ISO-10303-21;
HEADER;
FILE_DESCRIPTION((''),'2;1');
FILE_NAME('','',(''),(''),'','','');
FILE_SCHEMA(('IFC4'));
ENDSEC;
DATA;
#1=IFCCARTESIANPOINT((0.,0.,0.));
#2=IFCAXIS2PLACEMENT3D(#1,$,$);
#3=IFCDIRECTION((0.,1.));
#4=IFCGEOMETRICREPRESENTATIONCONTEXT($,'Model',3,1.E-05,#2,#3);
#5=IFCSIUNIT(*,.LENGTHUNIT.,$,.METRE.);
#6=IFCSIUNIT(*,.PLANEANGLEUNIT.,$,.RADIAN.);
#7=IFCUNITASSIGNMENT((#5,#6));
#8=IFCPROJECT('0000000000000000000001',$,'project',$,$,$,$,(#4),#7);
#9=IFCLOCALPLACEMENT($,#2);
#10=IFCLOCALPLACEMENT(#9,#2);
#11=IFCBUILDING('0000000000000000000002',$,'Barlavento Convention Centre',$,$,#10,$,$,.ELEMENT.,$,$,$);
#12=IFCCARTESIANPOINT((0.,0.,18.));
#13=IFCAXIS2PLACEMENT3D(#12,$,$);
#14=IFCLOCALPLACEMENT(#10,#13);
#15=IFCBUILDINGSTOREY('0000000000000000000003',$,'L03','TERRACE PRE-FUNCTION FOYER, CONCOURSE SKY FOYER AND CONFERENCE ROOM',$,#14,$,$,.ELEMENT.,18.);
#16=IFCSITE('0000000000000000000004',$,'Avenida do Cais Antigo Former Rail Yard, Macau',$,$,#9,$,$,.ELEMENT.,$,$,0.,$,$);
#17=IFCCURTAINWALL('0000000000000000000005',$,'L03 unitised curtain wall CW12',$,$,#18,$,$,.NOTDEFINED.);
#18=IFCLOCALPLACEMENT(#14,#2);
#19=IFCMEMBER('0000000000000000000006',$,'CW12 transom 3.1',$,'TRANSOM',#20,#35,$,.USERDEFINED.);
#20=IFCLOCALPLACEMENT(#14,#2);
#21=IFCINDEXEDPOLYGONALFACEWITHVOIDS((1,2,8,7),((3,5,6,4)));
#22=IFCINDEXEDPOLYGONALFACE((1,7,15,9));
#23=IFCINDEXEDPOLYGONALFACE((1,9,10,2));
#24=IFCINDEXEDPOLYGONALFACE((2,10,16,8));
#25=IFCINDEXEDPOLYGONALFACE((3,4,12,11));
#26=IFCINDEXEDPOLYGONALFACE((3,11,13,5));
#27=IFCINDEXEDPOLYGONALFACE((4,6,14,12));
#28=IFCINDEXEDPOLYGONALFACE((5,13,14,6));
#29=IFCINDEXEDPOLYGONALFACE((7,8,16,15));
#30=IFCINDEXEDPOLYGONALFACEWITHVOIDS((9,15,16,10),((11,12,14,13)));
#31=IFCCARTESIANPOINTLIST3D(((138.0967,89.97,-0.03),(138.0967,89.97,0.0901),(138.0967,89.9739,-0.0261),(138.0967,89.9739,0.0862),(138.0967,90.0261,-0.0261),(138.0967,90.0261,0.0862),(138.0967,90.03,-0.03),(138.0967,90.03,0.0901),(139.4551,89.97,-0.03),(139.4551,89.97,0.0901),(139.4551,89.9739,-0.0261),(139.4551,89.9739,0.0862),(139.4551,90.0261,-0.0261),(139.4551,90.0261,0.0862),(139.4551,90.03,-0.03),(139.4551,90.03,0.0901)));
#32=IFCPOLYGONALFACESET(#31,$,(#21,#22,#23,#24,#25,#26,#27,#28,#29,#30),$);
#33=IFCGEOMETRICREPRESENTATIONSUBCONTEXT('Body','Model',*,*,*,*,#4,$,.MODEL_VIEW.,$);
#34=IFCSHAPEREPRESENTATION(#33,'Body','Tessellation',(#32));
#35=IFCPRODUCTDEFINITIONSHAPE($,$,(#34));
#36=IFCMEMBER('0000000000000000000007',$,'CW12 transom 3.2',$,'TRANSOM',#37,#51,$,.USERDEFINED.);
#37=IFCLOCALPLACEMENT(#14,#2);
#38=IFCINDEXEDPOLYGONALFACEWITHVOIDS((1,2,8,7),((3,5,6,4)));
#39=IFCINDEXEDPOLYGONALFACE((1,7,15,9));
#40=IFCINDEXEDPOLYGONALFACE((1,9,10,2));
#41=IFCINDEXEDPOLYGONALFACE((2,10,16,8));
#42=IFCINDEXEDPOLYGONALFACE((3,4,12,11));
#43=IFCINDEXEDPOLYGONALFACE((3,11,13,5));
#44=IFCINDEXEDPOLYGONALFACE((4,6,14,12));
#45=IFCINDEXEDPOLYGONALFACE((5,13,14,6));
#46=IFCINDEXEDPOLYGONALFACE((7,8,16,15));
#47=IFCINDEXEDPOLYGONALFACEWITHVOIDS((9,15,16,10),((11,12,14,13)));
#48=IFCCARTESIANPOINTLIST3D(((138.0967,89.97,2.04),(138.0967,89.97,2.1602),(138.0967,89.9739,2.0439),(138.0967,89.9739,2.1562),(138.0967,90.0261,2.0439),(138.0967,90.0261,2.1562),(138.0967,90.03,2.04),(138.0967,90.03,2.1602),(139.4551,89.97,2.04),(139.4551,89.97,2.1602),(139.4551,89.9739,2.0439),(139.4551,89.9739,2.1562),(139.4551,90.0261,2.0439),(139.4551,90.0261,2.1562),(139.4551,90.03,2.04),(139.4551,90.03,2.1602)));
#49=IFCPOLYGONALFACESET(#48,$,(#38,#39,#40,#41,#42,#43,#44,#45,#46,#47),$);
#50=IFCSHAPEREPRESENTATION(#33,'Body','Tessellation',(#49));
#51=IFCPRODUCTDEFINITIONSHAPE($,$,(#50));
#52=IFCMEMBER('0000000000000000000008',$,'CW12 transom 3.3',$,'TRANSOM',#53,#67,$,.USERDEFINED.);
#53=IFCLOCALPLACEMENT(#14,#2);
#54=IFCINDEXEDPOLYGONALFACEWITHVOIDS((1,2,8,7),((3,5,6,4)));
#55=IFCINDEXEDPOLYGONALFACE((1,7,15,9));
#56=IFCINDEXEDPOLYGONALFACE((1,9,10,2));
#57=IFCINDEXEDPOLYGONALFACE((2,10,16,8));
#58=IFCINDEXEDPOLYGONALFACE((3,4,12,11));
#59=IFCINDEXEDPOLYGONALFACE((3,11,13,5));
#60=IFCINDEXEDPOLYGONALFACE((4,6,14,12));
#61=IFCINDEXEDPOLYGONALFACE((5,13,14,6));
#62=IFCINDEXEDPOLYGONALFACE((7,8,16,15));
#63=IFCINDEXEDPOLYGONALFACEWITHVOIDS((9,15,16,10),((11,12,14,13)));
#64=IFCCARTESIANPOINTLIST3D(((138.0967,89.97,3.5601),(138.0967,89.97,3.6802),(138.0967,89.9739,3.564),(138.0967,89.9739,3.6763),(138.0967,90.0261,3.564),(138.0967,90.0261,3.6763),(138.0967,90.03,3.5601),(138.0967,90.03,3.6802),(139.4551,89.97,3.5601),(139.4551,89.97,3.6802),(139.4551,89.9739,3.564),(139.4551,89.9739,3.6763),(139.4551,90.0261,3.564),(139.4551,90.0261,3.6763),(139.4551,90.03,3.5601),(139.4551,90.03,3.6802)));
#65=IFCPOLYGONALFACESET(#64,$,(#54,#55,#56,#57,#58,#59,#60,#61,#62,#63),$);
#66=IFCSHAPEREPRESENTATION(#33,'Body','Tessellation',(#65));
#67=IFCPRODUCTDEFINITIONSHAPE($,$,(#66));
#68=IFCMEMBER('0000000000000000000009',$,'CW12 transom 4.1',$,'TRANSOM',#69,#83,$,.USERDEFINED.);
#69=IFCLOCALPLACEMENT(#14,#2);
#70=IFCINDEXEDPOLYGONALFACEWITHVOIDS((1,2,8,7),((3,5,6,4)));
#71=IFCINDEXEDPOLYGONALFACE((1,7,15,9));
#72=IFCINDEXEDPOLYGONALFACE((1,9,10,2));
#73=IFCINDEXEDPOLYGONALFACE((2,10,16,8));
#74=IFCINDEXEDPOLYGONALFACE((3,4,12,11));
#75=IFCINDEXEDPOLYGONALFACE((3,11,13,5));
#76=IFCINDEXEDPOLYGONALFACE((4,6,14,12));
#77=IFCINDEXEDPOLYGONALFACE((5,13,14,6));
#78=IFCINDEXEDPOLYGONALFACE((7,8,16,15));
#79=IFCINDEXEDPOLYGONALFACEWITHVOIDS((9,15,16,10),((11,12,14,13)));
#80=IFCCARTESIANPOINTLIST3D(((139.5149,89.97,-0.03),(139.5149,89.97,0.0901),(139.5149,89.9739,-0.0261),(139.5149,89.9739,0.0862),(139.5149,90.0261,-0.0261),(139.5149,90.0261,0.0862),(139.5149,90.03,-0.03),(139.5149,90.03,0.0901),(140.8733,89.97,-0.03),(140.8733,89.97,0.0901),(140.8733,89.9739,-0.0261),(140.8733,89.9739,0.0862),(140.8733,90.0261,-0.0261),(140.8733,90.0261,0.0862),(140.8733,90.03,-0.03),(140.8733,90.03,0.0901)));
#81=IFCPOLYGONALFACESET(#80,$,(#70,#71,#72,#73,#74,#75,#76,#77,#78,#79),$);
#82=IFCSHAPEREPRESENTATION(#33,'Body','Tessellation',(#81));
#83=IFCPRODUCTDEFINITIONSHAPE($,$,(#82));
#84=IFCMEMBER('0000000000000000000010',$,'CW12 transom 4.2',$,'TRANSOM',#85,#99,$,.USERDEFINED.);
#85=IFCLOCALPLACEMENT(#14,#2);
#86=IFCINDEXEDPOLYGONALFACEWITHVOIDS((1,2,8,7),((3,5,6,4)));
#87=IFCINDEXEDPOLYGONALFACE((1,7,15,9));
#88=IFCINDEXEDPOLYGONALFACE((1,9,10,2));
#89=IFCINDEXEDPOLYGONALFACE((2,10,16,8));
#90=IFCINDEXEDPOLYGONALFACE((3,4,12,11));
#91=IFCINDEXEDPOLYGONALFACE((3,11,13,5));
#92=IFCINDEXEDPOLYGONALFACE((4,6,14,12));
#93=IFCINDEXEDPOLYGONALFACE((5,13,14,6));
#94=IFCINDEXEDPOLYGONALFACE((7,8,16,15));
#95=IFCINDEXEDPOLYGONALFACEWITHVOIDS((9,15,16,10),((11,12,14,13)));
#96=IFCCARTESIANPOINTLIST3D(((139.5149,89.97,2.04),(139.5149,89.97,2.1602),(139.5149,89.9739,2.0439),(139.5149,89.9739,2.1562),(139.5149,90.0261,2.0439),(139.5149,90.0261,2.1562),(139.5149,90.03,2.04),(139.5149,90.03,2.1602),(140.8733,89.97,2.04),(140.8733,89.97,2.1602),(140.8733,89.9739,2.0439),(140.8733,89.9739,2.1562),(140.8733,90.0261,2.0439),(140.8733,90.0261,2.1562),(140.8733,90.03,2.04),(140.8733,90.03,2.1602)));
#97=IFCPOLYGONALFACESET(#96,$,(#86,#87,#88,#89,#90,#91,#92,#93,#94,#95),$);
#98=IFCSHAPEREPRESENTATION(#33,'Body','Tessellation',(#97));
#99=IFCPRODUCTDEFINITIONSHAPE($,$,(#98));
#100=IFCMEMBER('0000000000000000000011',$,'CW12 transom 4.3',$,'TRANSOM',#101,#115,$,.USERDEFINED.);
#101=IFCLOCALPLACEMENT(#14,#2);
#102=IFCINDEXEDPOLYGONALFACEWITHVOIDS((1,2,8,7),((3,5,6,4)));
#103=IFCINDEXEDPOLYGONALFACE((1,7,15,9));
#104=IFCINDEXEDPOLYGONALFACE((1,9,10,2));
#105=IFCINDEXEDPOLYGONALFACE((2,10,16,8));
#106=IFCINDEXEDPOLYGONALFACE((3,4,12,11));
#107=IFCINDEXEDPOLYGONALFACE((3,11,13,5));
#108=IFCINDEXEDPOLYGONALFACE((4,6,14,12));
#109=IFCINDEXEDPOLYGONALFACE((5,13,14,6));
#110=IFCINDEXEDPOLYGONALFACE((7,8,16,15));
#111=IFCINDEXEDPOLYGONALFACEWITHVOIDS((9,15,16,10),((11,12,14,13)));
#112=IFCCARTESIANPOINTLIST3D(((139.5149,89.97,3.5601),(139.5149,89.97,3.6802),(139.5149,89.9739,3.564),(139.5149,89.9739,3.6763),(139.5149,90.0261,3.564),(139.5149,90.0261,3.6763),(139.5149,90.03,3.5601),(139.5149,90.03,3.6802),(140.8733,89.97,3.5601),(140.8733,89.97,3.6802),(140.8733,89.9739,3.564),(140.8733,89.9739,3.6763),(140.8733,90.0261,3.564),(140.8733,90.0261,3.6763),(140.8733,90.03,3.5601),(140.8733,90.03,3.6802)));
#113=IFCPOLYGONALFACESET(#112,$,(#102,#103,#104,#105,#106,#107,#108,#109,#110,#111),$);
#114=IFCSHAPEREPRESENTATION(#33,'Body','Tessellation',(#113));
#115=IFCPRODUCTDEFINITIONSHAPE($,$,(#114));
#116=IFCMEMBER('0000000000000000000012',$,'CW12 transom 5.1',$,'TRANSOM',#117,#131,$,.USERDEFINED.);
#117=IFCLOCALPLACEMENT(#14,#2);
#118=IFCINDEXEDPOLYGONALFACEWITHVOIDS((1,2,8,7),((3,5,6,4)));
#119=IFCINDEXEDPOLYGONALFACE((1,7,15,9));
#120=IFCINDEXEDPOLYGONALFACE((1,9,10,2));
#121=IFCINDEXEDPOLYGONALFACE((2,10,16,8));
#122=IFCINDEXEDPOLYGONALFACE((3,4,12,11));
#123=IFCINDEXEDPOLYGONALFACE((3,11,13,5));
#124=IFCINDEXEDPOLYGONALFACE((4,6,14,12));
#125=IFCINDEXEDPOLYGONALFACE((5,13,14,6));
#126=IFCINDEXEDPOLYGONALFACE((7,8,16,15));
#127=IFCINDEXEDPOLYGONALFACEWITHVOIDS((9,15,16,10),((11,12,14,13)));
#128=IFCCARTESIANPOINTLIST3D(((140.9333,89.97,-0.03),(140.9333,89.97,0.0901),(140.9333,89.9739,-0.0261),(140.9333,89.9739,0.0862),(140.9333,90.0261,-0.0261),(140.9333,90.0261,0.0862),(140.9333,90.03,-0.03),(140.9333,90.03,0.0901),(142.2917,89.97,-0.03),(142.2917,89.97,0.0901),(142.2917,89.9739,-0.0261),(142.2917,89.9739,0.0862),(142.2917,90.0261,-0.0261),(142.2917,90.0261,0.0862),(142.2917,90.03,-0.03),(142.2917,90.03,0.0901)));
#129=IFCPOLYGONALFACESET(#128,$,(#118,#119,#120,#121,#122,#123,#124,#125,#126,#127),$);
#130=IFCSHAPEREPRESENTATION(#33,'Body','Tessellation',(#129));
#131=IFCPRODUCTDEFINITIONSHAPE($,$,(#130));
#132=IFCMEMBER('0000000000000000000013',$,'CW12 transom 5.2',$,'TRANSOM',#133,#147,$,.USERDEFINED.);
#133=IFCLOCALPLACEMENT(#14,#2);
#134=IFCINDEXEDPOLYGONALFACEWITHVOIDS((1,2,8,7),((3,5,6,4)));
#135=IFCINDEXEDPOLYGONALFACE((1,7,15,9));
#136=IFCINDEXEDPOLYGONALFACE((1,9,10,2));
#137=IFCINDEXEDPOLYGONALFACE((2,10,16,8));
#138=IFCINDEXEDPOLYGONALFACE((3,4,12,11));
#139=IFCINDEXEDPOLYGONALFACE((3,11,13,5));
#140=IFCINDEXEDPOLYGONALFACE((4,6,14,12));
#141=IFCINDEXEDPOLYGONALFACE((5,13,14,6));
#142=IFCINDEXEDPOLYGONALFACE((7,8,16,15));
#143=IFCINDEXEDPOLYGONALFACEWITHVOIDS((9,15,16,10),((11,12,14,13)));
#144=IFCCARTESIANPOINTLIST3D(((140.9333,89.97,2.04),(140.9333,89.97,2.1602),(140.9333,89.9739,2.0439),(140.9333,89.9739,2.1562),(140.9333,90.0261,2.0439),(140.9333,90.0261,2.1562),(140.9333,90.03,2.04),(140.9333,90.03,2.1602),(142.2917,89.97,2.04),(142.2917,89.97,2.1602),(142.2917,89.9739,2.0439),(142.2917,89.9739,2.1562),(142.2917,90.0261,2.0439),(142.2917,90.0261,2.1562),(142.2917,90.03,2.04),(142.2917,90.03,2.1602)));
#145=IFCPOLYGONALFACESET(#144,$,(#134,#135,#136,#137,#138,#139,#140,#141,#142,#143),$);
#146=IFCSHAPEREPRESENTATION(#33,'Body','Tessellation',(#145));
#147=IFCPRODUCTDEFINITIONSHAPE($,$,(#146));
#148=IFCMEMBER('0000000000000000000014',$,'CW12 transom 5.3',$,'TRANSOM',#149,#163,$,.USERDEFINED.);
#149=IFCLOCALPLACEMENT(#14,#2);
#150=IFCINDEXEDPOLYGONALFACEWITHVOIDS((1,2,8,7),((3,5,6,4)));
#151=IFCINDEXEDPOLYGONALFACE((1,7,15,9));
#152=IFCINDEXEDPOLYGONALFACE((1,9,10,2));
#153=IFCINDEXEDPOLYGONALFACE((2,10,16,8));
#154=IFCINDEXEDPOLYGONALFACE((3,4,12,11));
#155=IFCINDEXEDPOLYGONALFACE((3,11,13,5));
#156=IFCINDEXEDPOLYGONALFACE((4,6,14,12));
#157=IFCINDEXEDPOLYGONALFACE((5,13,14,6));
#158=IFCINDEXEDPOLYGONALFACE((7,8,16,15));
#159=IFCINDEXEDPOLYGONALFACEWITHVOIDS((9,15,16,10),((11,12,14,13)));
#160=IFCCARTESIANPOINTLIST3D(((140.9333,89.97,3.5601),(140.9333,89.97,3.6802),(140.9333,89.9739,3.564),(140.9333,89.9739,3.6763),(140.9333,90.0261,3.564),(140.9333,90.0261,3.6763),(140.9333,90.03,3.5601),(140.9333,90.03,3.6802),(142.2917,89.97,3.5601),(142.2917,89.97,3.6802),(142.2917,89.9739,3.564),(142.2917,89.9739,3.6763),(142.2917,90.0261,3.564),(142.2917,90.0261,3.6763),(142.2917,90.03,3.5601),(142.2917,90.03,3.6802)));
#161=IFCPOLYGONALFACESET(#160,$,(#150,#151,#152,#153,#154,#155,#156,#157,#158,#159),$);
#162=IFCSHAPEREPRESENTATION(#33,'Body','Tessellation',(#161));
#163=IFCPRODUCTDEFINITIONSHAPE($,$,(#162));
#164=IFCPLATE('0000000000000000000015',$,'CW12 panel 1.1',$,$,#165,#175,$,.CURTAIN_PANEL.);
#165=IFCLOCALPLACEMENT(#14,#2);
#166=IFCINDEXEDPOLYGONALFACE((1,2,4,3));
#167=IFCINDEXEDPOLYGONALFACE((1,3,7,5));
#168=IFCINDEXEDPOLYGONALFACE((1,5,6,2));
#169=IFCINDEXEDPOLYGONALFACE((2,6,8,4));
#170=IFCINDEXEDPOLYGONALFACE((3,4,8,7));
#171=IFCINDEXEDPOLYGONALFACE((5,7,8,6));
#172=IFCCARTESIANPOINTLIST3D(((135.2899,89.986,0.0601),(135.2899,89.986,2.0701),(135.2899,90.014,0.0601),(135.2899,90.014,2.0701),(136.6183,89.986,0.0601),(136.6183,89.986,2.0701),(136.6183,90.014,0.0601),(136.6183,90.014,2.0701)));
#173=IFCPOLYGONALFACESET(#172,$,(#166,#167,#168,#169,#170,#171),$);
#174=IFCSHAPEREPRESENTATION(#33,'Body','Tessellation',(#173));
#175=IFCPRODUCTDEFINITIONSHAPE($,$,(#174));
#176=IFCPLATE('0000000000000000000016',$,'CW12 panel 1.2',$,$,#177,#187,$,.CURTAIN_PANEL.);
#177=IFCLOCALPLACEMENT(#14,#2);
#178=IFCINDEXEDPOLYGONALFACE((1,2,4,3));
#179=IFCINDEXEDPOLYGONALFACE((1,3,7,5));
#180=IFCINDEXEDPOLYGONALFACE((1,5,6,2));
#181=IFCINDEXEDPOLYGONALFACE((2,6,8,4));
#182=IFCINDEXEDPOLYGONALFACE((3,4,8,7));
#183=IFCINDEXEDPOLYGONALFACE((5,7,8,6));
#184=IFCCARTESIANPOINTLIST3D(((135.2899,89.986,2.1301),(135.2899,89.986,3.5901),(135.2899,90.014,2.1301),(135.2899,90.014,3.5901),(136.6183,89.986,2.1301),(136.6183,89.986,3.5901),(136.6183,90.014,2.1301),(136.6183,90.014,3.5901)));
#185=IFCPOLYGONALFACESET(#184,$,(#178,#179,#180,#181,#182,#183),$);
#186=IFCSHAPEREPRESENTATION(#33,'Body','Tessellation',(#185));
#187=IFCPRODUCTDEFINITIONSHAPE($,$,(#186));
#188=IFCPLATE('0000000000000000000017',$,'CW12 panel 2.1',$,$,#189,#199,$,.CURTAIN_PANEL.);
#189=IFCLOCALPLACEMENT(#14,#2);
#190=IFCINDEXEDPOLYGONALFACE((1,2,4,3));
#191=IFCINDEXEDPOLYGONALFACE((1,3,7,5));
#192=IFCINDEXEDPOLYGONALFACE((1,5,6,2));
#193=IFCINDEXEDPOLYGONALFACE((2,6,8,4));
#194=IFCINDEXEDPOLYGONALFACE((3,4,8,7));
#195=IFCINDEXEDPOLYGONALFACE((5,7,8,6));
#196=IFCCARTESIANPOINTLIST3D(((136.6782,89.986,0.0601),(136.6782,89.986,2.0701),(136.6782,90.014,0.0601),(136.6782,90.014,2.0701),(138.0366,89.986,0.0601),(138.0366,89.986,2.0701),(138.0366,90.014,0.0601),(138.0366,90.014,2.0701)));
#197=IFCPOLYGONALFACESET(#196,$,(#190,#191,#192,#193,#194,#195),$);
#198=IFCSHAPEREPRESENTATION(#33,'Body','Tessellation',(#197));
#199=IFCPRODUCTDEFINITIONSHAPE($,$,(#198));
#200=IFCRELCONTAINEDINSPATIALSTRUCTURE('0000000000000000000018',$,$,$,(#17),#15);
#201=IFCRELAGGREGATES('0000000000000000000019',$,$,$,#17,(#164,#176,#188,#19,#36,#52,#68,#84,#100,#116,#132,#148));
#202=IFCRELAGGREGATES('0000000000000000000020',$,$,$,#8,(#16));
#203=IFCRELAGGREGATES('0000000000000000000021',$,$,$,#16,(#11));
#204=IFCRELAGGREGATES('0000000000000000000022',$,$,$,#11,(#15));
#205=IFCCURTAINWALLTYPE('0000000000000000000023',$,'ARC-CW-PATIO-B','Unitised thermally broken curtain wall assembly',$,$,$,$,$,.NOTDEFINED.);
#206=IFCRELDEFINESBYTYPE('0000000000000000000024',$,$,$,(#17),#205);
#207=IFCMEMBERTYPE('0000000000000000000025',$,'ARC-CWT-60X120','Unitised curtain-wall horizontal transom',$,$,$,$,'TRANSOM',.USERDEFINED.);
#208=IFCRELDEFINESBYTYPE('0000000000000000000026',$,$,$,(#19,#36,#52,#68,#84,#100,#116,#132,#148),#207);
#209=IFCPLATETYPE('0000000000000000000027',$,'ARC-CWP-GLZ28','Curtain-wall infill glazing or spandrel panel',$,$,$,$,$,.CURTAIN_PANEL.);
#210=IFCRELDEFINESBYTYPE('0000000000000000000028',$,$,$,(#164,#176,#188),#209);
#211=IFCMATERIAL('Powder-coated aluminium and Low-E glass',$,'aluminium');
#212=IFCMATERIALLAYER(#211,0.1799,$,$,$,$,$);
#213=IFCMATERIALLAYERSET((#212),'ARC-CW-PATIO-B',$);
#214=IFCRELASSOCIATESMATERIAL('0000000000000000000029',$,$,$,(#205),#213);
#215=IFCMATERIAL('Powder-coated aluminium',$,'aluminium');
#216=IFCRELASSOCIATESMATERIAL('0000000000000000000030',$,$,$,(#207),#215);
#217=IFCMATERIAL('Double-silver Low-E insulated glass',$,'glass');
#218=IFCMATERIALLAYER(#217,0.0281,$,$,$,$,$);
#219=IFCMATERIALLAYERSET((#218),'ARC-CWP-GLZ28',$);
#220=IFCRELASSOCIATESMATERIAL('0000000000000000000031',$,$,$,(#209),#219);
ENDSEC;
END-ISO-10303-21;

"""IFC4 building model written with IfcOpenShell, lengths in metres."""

from ifc_helpers import new_model, si_unit, direction, frame, origin, origin_2d, place, context, subcontext, project, spatial, rectangle, hollow_rectangle, extrude, material, layer, layer_set, material_profile, profile_set, type_object, element, aggregate, save


model = new_model("IFC4")

# Units and contexts
model_context = context("Model", 3, precision=1e-05, world=origin(), true_north=direction((0.0, 1.0)))
body_context = subcontext(model_context, "Body", "Model", "MODEL_VIEW")
ifc_project = project(units=[si_unit("LENGTHUNIT", "METRE"), si_unit("PLANEANGLEUNIT", "RADIAN")], contexts=[model_context])

# Site, building, storey
site_placement = place(None, origin())
site = spatial("IfcSite", under=ifc_project, at=site_placement, Name="Avenida do Cais Antigo Former Rail Yard, Macau", CompositionType="ELEMENT", RefElevation=0.0)
building_placement = place(site_placement, origin())
building = spatial("IfcBuilding", under=site, at=building_placement, Name="Barlavento Convention Centre", CompositionType="ELEMENT")
storey_placement = place(building_placement, frame((0.0, 0.0, 18.0)))
storey = spatial("IfcBuildingStorey", under=building, at=storey_placement, Name="L03", Description="TERRACE PRE-FUNCTION FOYER, CONCOURSE SKY FOYER AND CONFERENCE ROOM", CompositionType="ELEMENT", Elevation=18.0)

# Curtain wall, members, plates
ifc_material_1 = material(Name="Powder-coated aluminium and Low-E glass", Category="aluminium")
ifc_layer_1 = layer(ifc_material_1, 0.1799)
ifc_layer_set_1 = layer_set([ifc_layer_1], Name="ARC-CW-PATIO-B")
curtain_wall_type = type_object("IfcCurtainWallType", Name="ARC-CW-PATIO-B", Description="Unitised thermally broken curtain wall assembly", PredefinedType="NOTDEFINED", material=ifc_layer_set_1)
curtain_wall_placement = place(storey_placement, origin())
curtain_wall = element("IfcCurtainWall", 1, at=curtain_wall_placement, inside=storey, type_object=curtain_wall_type, Name="L03 unitised curtain wall CW12", PredefinedType="NOTDEFINED")
ifc_material_2 = material(Name="Powder-coated aluminium", Category="aluminium")
ifc_material_profile_1 = material_profile(ifc_material_2, hollow_rectangle(XDim=0.0601, YDim=0.1201, WallThickness=0.0039, at=origin_2d()), Name="AL-TRAN 60x120x4")
ifc_profile_set_1 = profile_set([ifc_material_profile_1], Name="Powder-coated aluminium")
member_type_1 = type_object("IfcMemberType", Name="ARC-CWT-60X120", Description="Unitised curtain-wall horizontal transom", ElementType="TRANSOM", PredefinedType="USERDEFINED", material=ifc_profile_set_1)
member_1_placement = place(storey_placement, frame((138.0967, 90.0, 0.03), z_axis=(1.0, 0.0, 0.0), x_axis=(0.0, 1.0, 0.0)))
member_1 = element("IfcMember", 2, at=member_1_placement, type_object=member_type_1, Name="CW12 transom 3.1", ObjectType="TRANSOM", PredefinedType="USERDEFINED", context=body_context, shape_type="SweptSolid", body=[
    extrude(hollow_rectangle(XDim=0.0601, YDim=0.1201, WallThickness=0.0039, at=origin_2d()), origin(), (0.0, 0.0, 1.0), 1.3584),
])
member_2_placement = place(storey_placement, frame((138.0967, 90.0, 2.1001), z_axis=(1.0, 0.0, 0.0), x_axis=(0.0, 1.0, 0.0)))
member_2 = element("IfcMember", 3, at=member_2_placement, type_object=member_type_1, Name="CW12 transom 3.2", ObjectType="TRANSOM", PredefinedType="USERDEFINED", context=body_context, shape_type="SweptSolid", body=[
    extrude(hollow_rectangle(XDim=0.0601, YDim=0.1201, WallThickness=0.0039, at=origin_2d()), origin(), (0.0, 0.0, 1.0), 1.3584),
])
member_3_placement = place(storey_placement, frame((138.0967, 90.0, 3.6201), z_axis=(1.0, 0.0, 0.0), x_axis=(0.0, 1.0, 0.0)))
member_3 = element("IfcMember", 4, at=member_3_placement, type_object=member_type_1, Name="CW12 transom 3.3", ObjectType="TRANSOM", PredefinedType="USERDEFINED", context=body_context, shape_type="SweptSolid", body=[
    extrude(hollow_rectangle(XDim=0.0601, YDim=0.1201, WallThickness=0.0039, at=origin_2d()), origin(), (0.0, 0.0, 1.0), 1.3584),
])
member_4_placement = place(storey_placement, frame((139.5149, 90.0, 0.03), z_axis=(1.0, 0.0, 0.0), x_axis=(0.0, 1.0, 0.0)))
member_4 = element("IfcMember", 5, at=member_4_placement, type_object=member_type_1, Name="CW12 transom 4.1", ObjectType="TRANSOM", PredefinedType="USERDEFINED", context=body_context, shape_type="SweptSolid", body=[
    extrude(hollow_rectangle(XDim=0.0601, YDim=0.1201, WallThickness=0.0039, at=origin_2d()), origin(), (0.0, 0.0, 1.0), 1.3584),
])
member_5_placement = place(storey_placement, frame((139.5149, 90.0, 2.1001), z_axis=(1.0, 0.0, 0.0), x_axis=(0.0, 1.0, 0.0)))
member_5 = element("IfcMember", 6, at=member_5_placement, type_object=member_type_1, Name="CW12 transom 4.2", ObjectType="TRANSOM", PredefinedType="USERDEFINED", context=body_context, shape_type="SweptSolid", body=[
    extrude(hollow_rectangle(XDim=0.0601, YDim=0.1201, WallThickness=0.0039, at=origin_2d()), origin(), (0.0, 0.0, 1.0), 1.3584),
])
member_6_placement = place(storey_placement, frame((139.5149, 90.0, 3.6201), z_axis=(1.0, 0.0, 0.0), x_axis=(0.0, 1.0, 0.0)))
member_6 = element("IfcMember", 7, at=member_6_placement, type_object=member_type_1, Name="CW12 transom 4.3", ObjectType="TRANSOM", PredefinedType="USERDEFINED", context=body_context, shape_type="SweptSolid", body=[
    extrude(hollow_rectangle(XDim=0.0601, YDim=0.1201, WallThickness=0.0039, at=origin_2d()), origin(), (0.0, 0.0, 1.0), 1.3584),
])
member_7_placement = place(storey_placement, frame((140.9333, 90.0, 0.03), z_axis=(1.0, 0.0, 0.0), x_axis=(0.0, 1.0, 0.0)))
member_7 = element("IfcMember", 8, at=member_7_placement, type_object=member_type_1, Name="CW12 transom 5.1", ObjectType="TRANSOM", PredefinedType="USERDEFINED", context=body_context, shape_type="SweptSolid", body=[
    extrude(hollow_rectangle(XDim=0.0601, YDim=0.1201, WallThickness=0.0039, at=origin_2d()), origin(), (0.0, 0.0, 1.0), 1.3584),
])
member_8_placement = place(storey_placement, frame((140.9333, 90.0, 2.1001), z_axis=(1.0, 0.0, 0.0), x_axis=(0.0, 1.0, 0.0)))
member_8 = element("IfcMember", 9, at=member_8_placement, type_object=member_type_1, Name="CW12 transom 5.2", ObjectType="TRANSOM", PredefinedType="USERDEFINED", context=body_context, shape_type="SweptSolid", body=[
    extrude(hollow_rectangle(XDim=0.0601, YDim=0.1201, WallThickness=0.0039, at=origin_2d()), origin(), (0.0, 0.0, 1.0), 1.3584),
])
member_9_placement = place(storey_placement, frame((140.9333, 90.0, 3.6201), z_axis=(1.0, 0.0, 0.0), x_axis=(0.0, 1.0, 0.0)))
member_9 = element("IfcMember", 10, at=member_9_placement, type_object=member_type_1, Name="CW12 transom 5.3", ObjectType="TRANSOM", PredefinedType="USERDEFINED", context=body_context, shape_type="SweptSolid", body=[
    extrude(hollow_rectangle(XDim=0.0601, YDim=0.1201, WallThickness=0.0039, at=origin_2d()), origin(), (0.0, 0.0, 1.0), 1.3584),
])
ifc_material_3 = material(Name="Double-silver Low-E insulated glass", Category="glass")
ifc_layer_2 = layer(ifc_material_3, 0.0281)
ifc_layer_set_2 = layer_set([ifc_layer_2], Name="ARC-CWP-GLZ28")
plate_type = type_object("IfcPlateType", Name="ARC-CWP-GLZ28", Description="Curtain-wall infill glazing or spandrel panel", PredefinedType="CURTAIN_PANEL", material=ifc_layer_set_2)
plate_1_placement = place(storey_placement, frame((135.9541, 90.0, 0.0601), z_axis=(0.0, 0.0, 1.0), x_axis=(1.0, 0.0, 0.0)))
plate_1 = element("IfcPlate", 11, at=plate_1_placement, type_object=plate_type, Name="CW12 panel 1.1", PredefinedType="CURTAIN_PANEL", context=body_context, shape_type="SweptSolid", body=[
    extrude(rectangle(XDim=1.3284, YDim=0.0281, at=origin_2d()), origin(), (0.0, 0.0, 1.0), 2.01),
])
plate_2_placement = place(storey_placement, frame((135.9541, 90.0, 2.1301), z_axis=(0.0, 0.0, 1.0), x_axis=(1.0, 0.0, 0.0)))
plate_2 = element("IfcPlate", 12, at=plate_2_placement, type_object=plate_type, Name="CW12 panel 1.2", PredefinedType="CURTAIN_PANEL", context=body_context, shape_type="SweptSolid", body=[
    extrude(rectangle(XDim=1.3284, YDim=0.0281, at=origin_2d()), origin(), (0.0, 0.0, 1.0), 1.46),
])
plate_3_placement = place(storey_placement, frame((137.3574, 90.0, 0.0601), z_axis=(0.0, 0.0, 1.0), x_axis=(1.0, 0.0, 0.0)))
plate_3 = element("IfcPlate", 13, at=plate_3_placement, type_object=plate_type, Name="CW12 panel 2.1", PredefinedType="CURTAIN_PANEL", context=body_context, shape_type="SweptSolid", body=[
    extrude(rectangle(XDim=1.3584, YDim=0.0281, at=origin_2d()), origin(), (0.0, 0.0, 1.0), 2.01),
])
aggregate(curtain_wall, [plate_1, plate_2, plate_3, member_1, member_2, member_3, member_4, member_5, member_6, member_7, member_8, member_9])

save(model, "model.ifc")
